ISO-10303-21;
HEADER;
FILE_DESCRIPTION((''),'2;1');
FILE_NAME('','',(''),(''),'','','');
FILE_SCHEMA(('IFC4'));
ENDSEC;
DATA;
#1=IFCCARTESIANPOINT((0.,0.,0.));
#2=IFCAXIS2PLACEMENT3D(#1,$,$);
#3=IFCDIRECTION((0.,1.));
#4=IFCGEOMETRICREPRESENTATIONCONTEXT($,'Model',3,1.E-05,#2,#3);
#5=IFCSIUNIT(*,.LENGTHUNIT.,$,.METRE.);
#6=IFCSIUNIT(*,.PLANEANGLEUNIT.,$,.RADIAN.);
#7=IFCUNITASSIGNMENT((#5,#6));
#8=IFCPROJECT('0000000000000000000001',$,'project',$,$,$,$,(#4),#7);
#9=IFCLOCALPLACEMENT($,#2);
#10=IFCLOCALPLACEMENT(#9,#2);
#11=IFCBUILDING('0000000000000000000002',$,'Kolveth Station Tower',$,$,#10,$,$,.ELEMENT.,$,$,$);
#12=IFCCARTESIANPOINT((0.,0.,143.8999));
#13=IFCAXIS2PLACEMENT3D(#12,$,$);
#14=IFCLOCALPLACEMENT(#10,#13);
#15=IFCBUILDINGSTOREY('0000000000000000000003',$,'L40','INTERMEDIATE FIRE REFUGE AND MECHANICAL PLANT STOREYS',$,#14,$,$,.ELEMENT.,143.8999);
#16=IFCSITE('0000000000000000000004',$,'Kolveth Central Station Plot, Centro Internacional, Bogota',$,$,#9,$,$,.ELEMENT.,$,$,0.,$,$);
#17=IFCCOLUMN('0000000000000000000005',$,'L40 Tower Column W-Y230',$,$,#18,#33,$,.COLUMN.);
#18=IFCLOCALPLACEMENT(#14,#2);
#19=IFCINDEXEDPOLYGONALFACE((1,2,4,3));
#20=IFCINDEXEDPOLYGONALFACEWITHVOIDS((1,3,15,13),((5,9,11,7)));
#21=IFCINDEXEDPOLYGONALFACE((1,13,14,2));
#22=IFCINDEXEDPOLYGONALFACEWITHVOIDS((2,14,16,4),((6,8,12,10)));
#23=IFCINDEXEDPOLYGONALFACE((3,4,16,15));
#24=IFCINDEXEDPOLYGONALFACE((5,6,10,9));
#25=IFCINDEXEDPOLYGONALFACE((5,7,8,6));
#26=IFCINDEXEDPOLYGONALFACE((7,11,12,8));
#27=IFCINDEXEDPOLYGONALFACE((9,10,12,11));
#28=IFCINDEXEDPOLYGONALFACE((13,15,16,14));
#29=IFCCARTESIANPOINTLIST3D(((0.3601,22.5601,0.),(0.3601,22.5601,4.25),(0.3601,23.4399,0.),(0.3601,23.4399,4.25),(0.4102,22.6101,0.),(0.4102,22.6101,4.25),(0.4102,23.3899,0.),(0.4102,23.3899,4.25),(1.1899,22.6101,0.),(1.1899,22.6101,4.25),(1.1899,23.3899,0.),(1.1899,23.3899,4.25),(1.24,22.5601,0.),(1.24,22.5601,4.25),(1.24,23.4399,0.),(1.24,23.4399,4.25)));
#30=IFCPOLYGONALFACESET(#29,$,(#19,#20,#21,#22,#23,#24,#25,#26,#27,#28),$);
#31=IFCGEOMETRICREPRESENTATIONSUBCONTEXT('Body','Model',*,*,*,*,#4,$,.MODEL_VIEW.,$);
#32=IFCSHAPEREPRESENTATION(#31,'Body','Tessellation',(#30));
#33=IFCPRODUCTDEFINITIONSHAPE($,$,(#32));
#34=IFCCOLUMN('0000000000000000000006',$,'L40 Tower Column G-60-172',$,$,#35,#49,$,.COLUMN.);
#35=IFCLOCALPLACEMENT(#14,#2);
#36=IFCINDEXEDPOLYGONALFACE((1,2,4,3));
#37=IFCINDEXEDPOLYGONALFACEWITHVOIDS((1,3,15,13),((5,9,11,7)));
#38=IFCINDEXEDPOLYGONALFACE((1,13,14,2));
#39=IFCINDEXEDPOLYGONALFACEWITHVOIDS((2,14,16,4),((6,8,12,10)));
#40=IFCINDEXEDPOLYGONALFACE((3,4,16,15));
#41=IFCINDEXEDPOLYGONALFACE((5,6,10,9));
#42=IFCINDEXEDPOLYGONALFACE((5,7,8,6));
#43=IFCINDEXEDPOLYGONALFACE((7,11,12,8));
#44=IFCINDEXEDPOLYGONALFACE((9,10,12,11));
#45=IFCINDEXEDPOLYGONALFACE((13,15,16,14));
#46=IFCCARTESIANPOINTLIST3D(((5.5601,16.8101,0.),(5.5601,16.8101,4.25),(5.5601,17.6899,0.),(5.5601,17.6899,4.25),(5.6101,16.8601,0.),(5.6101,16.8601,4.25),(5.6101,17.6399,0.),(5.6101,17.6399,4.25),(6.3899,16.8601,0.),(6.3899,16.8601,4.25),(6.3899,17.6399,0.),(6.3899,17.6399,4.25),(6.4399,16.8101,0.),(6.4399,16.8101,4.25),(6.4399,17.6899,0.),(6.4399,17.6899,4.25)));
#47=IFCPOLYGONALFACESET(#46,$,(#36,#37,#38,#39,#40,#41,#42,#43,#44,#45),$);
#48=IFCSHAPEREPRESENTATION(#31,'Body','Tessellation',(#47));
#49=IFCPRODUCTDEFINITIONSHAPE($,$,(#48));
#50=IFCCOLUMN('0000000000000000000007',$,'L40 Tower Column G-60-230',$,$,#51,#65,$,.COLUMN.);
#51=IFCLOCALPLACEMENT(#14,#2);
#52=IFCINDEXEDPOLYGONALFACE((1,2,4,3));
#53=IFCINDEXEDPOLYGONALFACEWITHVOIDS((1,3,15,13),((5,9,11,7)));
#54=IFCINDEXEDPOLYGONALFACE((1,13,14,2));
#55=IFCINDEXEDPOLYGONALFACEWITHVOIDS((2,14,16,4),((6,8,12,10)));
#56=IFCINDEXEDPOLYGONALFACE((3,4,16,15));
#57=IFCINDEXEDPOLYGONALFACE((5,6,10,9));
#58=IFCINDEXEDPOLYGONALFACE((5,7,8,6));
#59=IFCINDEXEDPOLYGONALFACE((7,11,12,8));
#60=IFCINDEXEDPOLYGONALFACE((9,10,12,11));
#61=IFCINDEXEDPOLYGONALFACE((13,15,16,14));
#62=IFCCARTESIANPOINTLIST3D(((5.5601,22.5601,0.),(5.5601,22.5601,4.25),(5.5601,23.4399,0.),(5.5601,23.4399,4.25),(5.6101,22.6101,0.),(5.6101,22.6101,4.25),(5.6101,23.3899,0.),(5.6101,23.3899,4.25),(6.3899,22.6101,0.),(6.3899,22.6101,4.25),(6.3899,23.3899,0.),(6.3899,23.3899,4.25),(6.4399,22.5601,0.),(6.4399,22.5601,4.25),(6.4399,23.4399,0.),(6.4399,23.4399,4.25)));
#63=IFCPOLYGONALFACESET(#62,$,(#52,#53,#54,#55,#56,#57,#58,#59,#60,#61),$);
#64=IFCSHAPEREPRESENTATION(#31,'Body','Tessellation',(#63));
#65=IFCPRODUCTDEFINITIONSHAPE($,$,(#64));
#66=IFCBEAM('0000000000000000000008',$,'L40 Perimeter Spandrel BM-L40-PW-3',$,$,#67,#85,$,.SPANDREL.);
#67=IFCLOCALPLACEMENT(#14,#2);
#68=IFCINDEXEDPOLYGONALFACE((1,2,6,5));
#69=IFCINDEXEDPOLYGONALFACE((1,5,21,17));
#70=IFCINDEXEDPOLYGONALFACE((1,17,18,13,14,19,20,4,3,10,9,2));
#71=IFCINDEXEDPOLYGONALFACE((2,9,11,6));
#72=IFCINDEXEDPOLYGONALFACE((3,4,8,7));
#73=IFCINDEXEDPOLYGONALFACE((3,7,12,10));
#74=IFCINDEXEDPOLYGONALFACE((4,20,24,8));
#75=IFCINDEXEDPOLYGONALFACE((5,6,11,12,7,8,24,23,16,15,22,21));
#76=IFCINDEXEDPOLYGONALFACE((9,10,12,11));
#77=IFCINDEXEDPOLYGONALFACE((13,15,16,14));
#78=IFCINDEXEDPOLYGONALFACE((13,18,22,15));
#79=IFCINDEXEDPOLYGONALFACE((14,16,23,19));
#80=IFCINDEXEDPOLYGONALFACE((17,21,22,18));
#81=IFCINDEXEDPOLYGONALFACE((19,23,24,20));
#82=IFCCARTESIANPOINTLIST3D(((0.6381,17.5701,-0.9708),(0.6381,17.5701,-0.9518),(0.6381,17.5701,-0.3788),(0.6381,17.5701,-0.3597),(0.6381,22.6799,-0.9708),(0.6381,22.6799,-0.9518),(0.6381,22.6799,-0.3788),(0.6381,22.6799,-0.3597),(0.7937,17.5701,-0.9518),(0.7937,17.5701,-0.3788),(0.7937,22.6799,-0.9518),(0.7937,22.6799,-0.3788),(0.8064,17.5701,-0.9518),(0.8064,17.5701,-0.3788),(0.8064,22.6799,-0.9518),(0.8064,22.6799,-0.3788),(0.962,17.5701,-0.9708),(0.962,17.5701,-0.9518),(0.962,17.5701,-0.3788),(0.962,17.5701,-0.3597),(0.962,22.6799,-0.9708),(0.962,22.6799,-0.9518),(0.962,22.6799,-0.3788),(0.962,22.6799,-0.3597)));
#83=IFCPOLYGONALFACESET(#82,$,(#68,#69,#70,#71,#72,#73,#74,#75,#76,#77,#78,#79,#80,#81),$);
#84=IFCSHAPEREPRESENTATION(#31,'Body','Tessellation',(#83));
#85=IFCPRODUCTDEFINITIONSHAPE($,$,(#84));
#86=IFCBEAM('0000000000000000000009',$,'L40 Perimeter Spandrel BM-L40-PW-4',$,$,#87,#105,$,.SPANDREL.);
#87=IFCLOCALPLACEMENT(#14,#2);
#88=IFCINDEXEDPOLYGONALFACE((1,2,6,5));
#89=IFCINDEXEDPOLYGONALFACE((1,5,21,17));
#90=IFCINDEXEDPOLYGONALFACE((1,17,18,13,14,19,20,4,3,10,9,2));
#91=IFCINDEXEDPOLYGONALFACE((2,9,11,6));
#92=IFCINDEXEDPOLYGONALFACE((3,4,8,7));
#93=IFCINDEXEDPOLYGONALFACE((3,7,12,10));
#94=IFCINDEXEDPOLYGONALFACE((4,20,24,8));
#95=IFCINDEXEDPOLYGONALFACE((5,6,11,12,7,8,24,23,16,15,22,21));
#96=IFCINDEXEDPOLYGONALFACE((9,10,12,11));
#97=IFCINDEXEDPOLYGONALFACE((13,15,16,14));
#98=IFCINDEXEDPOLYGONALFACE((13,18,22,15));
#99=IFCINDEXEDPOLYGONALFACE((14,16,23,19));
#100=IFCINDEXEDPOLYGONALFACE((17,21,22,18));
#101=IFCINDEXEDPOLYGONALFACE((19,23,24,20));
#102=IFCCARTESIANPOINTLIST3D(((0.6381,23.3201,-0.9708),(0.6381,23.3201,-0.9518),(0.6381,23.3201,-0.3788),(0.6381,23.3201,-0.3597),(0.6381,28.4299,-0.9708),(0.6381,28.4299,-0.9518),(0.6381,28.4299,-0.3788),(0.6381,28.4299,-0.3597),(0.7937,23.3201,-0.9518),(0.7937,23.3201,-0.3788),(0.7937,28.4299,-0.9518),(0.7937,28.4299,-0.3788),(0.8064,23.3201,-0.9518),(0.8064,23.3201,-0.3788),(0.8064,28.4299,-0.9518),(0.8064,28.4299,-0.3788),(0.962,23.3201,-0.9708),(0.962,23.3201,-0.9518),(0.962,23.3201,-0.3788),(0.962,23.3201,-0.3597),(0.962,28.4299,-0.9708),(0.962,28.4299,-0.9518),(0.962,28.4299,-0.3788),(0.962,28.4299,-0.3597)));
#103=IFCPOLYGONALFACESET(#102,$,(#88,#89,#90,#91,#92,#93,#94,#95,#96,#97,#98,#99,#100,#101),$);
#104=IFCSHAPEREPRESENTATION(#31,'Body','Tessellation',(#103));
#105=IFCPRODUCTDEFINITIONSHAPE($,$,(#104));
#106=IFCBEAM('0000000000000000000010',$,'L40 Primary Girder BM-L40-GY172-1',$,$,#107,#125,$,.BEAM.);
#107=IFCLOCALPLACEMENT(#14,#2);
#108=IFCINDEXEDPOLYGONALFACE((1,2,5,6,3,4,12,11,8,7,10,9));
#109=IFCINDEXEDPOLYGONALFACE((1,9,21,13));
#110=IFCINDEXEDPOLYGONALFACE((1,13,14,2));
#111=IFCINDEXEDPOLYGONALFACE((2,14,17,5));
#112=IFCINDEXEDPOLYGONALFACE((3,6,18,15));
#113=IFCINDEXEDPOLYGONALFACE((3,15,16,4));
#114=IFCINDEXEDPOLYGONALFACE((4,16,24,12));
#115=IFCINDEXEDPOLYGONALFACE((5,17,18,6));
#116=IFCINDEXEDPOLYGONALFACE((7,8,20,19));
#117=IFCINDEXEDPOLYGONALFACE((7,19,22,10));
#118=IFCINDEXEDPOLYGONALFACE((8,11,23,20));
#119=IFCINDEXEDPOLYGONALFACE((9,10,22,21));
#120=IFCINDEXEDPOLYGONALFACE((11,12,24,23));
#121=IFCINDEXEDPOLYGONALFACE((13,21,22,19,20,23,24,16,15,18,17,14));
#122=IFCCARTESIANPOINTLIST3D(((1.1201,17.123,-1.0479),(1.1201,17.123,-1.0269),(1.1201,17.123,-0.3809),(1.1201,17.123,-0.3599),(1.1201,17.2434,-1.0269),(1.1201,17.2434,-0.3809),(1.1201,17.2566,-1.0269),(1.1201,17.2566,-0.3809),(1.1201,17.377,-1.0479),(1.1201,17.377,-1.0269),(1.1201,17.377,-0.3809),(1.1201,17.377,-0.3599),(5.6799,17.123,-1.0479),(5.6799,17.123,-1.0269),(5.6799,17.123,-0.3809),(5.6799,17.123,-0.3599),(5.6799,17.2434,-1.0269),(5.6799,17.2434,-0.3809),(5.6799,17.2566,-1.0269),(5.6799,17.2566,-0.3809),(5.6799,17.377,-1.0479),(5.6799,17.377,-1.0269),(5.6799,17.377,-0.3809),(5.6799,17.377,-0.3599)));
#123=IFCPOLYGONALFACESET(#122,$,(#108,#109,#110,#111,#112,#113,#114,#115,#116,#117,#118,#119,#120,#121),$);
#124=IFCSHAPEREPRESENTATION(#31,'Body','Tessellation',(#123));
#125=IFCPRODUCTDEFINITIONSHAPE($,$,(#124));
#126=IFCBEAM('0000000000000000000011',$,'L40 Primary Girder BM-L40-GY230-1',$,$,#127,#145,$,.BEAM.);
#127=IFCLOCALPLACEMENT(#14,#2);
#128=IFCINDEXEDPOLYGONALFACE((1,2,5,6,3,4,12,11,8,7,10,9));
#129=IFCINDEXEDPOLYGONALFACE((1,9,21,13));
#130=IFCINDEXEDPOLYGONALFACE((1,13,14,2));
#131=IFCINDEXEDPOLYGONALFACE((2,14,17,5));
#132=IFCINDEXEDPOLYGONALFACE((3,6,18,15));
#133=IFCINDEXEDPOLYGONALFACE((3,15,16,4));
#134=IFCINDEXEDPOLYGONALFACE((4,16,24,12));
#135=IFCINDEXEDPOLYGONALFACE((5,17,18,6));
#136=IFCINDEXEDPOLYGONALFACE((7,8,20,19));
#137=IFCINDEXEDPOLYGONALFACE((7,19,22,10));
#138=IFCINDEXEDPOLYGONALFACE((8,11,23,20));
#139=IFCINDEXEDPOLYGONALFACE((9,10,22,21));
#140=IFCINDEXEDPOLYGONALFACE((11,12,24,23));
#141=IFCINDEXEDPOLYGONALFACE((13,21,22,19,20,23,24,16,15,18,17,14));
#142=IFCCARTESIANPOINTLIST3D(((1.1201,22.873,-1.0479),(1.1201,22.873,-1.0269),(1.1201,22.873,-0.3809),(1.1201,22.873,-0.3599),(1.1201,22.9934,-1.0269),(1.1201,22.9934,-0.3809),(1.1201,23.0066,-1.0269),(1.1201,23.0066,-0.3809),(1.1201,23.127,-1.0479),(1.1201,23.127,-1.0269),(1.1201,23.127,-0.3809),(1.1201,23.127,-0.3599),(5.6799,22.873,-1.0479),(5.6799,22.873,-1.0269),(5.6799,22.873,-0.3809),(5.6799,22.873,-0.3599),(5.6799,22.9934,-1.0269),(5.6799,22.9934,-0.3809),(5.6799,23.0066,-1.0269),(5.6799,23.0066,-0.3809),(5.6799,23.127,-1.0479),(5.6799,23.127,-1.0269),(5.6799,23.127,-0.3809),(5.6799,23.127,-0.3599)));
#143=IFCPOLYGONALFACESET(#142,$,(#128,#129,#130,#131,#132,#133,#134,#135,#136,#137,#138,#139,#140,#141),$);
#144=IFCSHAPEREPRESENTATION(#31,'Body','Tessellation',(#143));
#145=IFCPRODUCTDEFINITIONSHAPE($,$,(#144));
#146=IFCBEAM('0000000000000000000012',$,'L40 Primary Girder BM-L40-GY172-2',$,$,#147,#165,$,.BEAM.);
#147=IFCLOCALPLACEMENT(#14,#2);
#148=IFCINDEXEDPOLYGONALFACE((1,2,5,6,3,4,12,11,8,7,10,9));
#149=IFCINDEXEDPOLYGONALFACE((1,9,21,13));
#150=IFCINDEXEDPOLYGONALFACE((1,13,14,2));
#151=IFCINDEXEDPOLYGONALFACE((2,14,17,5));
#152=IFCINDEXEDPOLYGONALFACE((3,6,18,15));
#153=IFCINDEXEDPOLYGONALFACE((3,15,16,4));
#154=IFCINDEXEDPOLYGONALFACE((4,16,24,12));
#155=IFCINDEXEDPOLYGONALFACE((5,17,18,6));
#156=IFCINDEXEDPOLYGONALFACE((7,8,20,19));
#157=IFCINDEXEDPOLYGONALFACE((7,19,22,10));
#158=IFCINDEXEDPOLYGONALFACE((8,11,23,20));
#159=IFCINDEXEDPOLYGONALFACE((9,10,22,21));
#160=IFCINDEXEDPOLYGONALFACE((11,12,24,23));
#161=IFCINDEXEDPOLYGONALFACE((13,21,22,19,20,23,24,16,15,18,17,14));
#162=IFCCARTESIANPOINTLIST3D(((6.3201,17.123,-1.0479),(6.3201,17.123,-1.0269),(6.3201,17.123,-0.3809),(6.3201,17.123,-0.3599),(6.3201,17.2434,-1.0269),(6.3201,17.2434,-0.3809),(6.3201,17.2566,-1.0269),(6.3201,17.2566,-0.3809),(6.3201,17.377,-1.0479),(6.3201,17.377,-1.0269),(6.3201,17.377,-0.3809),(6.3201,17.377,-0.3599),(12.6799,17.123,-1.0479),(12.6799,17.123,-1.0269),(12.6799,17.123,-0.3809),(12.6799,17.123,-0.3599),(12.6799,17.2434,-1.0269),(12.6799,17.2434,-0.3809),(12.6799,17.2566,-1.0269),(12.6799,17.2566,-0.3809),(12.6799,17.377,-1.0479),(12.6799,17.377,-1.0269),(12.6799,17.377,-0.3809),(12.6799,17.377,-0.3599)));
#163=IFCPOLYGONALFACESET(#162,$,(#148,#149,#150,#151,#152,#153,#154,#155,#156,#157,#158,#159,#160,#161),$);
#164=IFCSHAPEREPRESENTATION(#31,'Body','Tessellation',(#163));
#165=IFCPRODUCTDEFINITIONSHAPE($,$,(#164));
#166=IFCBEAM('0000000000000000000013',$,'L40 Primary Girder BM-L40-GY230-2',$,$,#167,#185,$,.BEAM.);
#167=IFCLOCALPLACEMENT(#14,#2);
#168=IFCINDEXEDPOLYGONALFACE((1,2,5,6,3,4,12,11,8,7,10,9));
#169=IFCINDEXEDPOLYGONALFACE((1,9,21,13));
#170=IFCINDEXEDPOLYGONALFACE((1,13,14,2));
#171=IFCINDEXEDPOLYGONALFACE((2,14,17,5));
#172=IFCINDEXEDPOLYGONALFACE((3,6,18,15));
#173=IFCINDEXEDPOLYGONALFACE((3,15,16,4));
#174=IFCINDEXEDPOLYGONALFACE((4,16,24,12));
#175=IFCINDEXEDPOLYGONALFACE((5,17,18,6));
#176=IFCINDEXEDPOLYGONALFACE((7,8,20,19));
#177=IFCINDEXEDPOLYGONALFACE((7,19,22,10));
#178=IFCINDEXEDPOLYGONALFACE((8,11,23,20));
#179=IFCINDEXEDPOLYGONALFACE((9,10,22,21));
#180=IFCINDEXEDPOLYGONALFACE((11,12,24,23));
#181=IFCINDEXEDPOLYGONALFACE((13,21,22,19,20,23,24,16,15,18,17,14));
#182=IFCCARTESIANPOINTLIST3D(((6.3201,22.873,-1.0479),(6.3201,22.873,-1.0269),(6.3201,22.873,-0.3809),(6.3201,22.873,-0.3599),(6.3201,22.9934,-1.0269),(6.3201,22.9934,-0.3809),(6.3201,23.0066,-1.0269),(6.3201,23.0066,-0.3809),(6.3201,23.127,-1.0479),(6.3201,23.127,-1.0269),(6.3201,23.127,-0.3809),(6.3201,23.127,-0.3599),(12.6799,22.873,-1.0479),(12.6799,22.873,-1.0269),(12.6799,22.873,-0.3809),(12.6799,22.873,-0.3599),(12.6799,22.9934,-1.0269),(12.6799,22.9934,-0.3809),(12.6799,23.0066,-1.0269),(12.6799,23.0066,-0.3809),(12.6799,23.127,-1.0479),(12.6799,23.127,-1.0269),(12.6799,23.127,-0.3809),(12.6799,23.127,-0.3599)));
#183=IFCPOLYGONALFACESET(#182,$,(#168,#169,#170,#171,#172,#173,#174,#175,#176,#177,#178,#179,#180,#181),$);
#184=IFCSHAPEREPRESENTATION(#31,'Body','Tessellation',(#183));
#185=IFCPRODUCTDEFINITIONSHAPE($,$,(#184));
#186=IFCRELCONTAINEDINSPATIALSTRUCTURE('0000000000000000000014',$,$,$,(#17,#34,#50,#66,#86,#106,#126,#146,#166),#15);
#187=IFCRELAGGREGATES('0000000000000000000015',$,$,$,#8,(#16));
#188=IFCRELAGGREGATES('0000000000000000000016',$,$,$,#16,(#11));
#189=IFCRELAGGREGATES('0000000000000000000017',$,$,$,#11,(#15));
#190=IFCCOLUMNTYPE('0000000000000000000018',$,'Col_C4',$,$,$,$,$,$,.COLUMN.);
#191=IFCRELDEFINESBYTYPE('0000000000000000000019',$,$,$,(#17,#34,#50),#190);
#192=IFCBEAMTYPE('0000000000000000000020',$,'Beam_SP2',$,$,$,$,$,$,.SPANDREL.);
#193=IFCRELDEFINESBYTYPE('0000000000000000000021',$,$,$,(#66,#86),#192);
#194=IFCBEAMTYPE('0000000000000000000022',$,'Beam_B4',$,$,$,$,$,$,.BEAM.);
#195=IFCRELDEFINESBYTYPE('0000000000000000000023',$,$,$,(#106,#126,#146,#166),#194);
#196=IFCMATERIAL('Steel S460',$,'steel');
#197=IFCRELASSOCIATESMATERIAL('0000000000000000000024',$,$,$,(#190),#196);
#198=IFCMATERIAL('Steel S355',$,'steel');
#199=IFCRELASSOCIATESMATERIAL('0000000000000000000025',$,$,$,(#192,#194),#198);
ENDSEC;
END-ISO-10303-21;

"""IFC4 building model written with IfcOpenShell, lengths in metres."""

from ifc_helpers import new_model, si_unit, direction, frame, origin, origin_2d, place, context, subcontext, project, spatial, hollow_rectangle, i_section, extrude, source, transform, mapped, material, material_profile, profile_set, type_object, element, save


model = new_model("IFC4")

# Units and contexts
model_context = context("Model", 3, precision=1e-05, world=origin(), true_north=direction((0.0, 1.0)))
body_context = subcontext(model_context, "Body", "Model", "MODEL_VIEW")
ifc_project = project(units=[si_unit("LENGTHUNIT", "METRE"), si_unit("PLANEANGLEUNIT", "RADIAN")], contexts=[model_context])

# Site, building, storey
site_placement = place(None, origin())
site = spatial("IfcSite", under=ifc_project, at=site_placement, Name="Kolveth Central Station Plot, Centro Internacional, Bogota", CompositionType="ELEMENT", RefElevation=0.0)
building_placement = place(site_placement, origin())
building = spatial("IfcBuilding", under=site, at=building_placement, Name="Kolveth Station Tower", CompositionType="ELEMENT")
storey_placement = place(building_placement, frame((0.0, 0.0, 143.8999)))
storey = spatial("IfcBuildingStorey", under=building, at=storey_placement, Name="L40", Description="INTERMEDIATE FIRE REFUGE AND MECHANICAL PLANT STOREYS", CompositionType="ELEMENT", Elevation=143.8999)

# Columns
ifc_material_1 = material(Name="Steel S460", Category="steel")
ifc_material_profile_1 = material_profile(ifc_material_1, hollow_rectangle(XDim=0.8799, YDim=0.8799, WallThickness=0.05, at=origin_2d()), Name="BOX880x880x50")
ifc_profile_set_1 = profile_set([ifc_material_profile_1], Name="Steel S460")
column_type = type_object("IfcColumnType", Name="Col_C4", PredefinedType="COLUMN", material=ifc_profile_set_1)
shared_shape_1 = source(origin(), body_context, "Body", "SweptSolid", [
    extrude(hollow_rectangle(XDim=0.8799, YDim=0.8799, WallThickness=0.05, at=origin_2d()), origin(), (0.0, 0.0, 1.0), 4.25),
])
for number, where, z_axis, x_axis, name in (
    (1, (0.8, 23.0, 0.0), (0.0, 0.0, 1.0), (1.0, 0.0, 0.0), "L40 Tower Column W-Y230"),
    (2, (6.0, 17.25, 0.0), (0.0, 0.0, 1.0), (1.0, 0.0, 0.0), "L40 Tower Column G-60-172"),
    (3, (6.0, 23.0, 0.0), (0.0, 0.0, 1.0), (1.0, 0.0, 0.0), "L40 Tower Column G-60-230"),
):
    element("IfcColumn", number, at=place(storey_placement, frame(where, z_axis=z_axis, x_axis=x_axis)), inside=storey, type_object=column_type, Name=name, PredefinedType="COLUMN", context=body_context, shape_type="MappedRepresentation", body=[
        mapped(shared_shape_1, transform((0.0, 0.0, 0.0), x_axis=(1.0, 0.0, 0.0), y_axis=(0.0, 1.0, 0.0), z_axis=(0.0, 0.0, 1.0), scale=1.0)),
    ])

# Beams
ifc_material_2 = material(Name="Steel S355", Category="steel")
ifc_material_profile_2 = material_profile(ifc_material_2, i_section(OverallWidth=0.324, OverallDepth=0.6111, WebThickness=0.0127, FlangeThickness=0.019, at=origin_2d()), Name="W610x155")
ifc_profile_set_2 = profile_set([ifc_material_profile_2], Name="Steel S355")
beam_type_1 = type_object("IfcBeamType", Name="Beam_SP2", PredefinedType="SPANDREL", material=ifc_profile_set_2)
shared_shape_2 = source(origin(), body_context, "Body", "SweptSolid", [
    extrude(i_section(OverallWidth=0.324, OverallDepth=0.6111, WebThickness=0.0127, FlangeThickness=0.019, at=origin_2d()), origin(), (0.0, 0.0, 1.0), 5.1099),
])
for number, where, z_axis, x_axis, name in (
    (4, (0.8, 17.5701, -0.6653), (0.0, 1.0, 0.0), (-1.0, 0.0, 0.0), "L40 Perimeter Spandrel BM-L40-PW-3"),
    (5, (0.8, 23.3201, -0.6653), (0.0, 1.0, 0.0), (-1.0, 0.0, 0.0), "L40 Perimeter Spandrel BM-L40-PW-4"),
):
    element("IfcBeam", number, at=place(storey_placement, frame(where, z_axis=z_axis, x_axis=x_axis)), inside=storey, type_object=beam_type_1, Name=name, PredefinedType="SPANDREL", context=body_context, shape_type="MappedRepresentation", body=[
        mapped(shared_shape_2, transform((0.0, 0.0, 0.0), x_axis=(1.0, 0.0, 0.0), y_axis=(0.0, 1.0, 0.0), z_axis=(0.0, 0.0, 1.0), scale=1.0)),
    ])
ifc_material_profile_3 = material_profile(ifc_material_2, i_section(OverallWidth=0.2539, OverallDepth=0.688, WebThickness=0.0132, FlangeThickness=0.021, at=origin_2d()), Name="W690x152")
ifc_profile_set_3 = profile_set([ifc_material_profile_3], Name="Steel S355")
beam_type_2 = type_object("IfcBeamType", Name="Beam_B4", PredefinedType="BEAM", material=ifc_profile_set_3)
shared_shape_3 = source(origin(), body_context, "Body", "SweptSolid", [
    extrude(i_section(OverallWidth=0.2539, OverallDepth=0.688, WebThickness=0.0132, FlangeThickness=0.021, at=origin_2d()), origin(), (0.0, 0.0, 1.0), 4.5598),
])
for number, where, z_axis, x_axis, name in (
    (6, (1.1201, 17.25, -0.7039), (1.0, 0.0, 0.0), (0.0, 1.0, 0.0), "L40 Primary Girder BM-L40-GY172-1"),
    (7, (1.1201, 23.0, -0.7039), (1.0, 0.0, 0.0), (0.0, 1.0, 0.0), "L40 Primary Girder BM-L40-GY230-1"),
):
    element("IfcBeam", number, at=place(storey_placement, frame(where, z_axis=z_axis, x_axis=x_axis)), inside=storey, type_object=beam_type_2, Name=name, PredefinedType="BEAM", context=body_context, shape_type="MappedRepresentation", body=[
        mapped(shared_shape_3, transform((0.0, 0.0, 0.0), x_axis=(1.0, 0.0, 0.0), y_axis=(0.0, 1.0, 0.0), z_axis=(0.0, 0.0, 1.0), scale=1.0)),
    ])
shared_shape_4 = source(origin(), body_context, "Body", "SweptSolid", [
    extrude(i_section(OverallWidth=0.2539, OverallDepth=0.688, WebThickness=0.0132, FlangeThickness=0.021, at=origin_2d()), origin(), (0.0, 0.0, 1.0), 6.3599),
])
for number, where, z_axis, x_axis, name in (
    (8, (6.3201, 17.25, -0.7039), (1.0, 0.0, 0.0), (0.0, 1.0, 0.0), "L40 Primary Girder BM-L40-GY172-2"),
    (9, (6.3201, 23.0, -0.7039), (1.0, 0.0, 0.0), (0.0, 1.0, 0.0), "L40 Primary Girder BM-L40-GY230-2"),
):
    element("IfcBeam", number, at=place(storey_placement, frame(where, z_axis=z_axis, x_axis=x_axis)), inside=storey, type_object=beam_type_2, Name=name, PredefinedType="BEAM", context=body_context, shape_type="MappedRepresentation", body=[
        mapped(shared_shape_4, transform((0.0, 0.0, 0.0), x_axis=(1.0, 0.0, 0.0), y_axis=(0.0, 1.0, 0.0), z_axis=(0.0, 0.0, 1.0), scale=1.0)),
    ])

save(model, "model.ifc")
